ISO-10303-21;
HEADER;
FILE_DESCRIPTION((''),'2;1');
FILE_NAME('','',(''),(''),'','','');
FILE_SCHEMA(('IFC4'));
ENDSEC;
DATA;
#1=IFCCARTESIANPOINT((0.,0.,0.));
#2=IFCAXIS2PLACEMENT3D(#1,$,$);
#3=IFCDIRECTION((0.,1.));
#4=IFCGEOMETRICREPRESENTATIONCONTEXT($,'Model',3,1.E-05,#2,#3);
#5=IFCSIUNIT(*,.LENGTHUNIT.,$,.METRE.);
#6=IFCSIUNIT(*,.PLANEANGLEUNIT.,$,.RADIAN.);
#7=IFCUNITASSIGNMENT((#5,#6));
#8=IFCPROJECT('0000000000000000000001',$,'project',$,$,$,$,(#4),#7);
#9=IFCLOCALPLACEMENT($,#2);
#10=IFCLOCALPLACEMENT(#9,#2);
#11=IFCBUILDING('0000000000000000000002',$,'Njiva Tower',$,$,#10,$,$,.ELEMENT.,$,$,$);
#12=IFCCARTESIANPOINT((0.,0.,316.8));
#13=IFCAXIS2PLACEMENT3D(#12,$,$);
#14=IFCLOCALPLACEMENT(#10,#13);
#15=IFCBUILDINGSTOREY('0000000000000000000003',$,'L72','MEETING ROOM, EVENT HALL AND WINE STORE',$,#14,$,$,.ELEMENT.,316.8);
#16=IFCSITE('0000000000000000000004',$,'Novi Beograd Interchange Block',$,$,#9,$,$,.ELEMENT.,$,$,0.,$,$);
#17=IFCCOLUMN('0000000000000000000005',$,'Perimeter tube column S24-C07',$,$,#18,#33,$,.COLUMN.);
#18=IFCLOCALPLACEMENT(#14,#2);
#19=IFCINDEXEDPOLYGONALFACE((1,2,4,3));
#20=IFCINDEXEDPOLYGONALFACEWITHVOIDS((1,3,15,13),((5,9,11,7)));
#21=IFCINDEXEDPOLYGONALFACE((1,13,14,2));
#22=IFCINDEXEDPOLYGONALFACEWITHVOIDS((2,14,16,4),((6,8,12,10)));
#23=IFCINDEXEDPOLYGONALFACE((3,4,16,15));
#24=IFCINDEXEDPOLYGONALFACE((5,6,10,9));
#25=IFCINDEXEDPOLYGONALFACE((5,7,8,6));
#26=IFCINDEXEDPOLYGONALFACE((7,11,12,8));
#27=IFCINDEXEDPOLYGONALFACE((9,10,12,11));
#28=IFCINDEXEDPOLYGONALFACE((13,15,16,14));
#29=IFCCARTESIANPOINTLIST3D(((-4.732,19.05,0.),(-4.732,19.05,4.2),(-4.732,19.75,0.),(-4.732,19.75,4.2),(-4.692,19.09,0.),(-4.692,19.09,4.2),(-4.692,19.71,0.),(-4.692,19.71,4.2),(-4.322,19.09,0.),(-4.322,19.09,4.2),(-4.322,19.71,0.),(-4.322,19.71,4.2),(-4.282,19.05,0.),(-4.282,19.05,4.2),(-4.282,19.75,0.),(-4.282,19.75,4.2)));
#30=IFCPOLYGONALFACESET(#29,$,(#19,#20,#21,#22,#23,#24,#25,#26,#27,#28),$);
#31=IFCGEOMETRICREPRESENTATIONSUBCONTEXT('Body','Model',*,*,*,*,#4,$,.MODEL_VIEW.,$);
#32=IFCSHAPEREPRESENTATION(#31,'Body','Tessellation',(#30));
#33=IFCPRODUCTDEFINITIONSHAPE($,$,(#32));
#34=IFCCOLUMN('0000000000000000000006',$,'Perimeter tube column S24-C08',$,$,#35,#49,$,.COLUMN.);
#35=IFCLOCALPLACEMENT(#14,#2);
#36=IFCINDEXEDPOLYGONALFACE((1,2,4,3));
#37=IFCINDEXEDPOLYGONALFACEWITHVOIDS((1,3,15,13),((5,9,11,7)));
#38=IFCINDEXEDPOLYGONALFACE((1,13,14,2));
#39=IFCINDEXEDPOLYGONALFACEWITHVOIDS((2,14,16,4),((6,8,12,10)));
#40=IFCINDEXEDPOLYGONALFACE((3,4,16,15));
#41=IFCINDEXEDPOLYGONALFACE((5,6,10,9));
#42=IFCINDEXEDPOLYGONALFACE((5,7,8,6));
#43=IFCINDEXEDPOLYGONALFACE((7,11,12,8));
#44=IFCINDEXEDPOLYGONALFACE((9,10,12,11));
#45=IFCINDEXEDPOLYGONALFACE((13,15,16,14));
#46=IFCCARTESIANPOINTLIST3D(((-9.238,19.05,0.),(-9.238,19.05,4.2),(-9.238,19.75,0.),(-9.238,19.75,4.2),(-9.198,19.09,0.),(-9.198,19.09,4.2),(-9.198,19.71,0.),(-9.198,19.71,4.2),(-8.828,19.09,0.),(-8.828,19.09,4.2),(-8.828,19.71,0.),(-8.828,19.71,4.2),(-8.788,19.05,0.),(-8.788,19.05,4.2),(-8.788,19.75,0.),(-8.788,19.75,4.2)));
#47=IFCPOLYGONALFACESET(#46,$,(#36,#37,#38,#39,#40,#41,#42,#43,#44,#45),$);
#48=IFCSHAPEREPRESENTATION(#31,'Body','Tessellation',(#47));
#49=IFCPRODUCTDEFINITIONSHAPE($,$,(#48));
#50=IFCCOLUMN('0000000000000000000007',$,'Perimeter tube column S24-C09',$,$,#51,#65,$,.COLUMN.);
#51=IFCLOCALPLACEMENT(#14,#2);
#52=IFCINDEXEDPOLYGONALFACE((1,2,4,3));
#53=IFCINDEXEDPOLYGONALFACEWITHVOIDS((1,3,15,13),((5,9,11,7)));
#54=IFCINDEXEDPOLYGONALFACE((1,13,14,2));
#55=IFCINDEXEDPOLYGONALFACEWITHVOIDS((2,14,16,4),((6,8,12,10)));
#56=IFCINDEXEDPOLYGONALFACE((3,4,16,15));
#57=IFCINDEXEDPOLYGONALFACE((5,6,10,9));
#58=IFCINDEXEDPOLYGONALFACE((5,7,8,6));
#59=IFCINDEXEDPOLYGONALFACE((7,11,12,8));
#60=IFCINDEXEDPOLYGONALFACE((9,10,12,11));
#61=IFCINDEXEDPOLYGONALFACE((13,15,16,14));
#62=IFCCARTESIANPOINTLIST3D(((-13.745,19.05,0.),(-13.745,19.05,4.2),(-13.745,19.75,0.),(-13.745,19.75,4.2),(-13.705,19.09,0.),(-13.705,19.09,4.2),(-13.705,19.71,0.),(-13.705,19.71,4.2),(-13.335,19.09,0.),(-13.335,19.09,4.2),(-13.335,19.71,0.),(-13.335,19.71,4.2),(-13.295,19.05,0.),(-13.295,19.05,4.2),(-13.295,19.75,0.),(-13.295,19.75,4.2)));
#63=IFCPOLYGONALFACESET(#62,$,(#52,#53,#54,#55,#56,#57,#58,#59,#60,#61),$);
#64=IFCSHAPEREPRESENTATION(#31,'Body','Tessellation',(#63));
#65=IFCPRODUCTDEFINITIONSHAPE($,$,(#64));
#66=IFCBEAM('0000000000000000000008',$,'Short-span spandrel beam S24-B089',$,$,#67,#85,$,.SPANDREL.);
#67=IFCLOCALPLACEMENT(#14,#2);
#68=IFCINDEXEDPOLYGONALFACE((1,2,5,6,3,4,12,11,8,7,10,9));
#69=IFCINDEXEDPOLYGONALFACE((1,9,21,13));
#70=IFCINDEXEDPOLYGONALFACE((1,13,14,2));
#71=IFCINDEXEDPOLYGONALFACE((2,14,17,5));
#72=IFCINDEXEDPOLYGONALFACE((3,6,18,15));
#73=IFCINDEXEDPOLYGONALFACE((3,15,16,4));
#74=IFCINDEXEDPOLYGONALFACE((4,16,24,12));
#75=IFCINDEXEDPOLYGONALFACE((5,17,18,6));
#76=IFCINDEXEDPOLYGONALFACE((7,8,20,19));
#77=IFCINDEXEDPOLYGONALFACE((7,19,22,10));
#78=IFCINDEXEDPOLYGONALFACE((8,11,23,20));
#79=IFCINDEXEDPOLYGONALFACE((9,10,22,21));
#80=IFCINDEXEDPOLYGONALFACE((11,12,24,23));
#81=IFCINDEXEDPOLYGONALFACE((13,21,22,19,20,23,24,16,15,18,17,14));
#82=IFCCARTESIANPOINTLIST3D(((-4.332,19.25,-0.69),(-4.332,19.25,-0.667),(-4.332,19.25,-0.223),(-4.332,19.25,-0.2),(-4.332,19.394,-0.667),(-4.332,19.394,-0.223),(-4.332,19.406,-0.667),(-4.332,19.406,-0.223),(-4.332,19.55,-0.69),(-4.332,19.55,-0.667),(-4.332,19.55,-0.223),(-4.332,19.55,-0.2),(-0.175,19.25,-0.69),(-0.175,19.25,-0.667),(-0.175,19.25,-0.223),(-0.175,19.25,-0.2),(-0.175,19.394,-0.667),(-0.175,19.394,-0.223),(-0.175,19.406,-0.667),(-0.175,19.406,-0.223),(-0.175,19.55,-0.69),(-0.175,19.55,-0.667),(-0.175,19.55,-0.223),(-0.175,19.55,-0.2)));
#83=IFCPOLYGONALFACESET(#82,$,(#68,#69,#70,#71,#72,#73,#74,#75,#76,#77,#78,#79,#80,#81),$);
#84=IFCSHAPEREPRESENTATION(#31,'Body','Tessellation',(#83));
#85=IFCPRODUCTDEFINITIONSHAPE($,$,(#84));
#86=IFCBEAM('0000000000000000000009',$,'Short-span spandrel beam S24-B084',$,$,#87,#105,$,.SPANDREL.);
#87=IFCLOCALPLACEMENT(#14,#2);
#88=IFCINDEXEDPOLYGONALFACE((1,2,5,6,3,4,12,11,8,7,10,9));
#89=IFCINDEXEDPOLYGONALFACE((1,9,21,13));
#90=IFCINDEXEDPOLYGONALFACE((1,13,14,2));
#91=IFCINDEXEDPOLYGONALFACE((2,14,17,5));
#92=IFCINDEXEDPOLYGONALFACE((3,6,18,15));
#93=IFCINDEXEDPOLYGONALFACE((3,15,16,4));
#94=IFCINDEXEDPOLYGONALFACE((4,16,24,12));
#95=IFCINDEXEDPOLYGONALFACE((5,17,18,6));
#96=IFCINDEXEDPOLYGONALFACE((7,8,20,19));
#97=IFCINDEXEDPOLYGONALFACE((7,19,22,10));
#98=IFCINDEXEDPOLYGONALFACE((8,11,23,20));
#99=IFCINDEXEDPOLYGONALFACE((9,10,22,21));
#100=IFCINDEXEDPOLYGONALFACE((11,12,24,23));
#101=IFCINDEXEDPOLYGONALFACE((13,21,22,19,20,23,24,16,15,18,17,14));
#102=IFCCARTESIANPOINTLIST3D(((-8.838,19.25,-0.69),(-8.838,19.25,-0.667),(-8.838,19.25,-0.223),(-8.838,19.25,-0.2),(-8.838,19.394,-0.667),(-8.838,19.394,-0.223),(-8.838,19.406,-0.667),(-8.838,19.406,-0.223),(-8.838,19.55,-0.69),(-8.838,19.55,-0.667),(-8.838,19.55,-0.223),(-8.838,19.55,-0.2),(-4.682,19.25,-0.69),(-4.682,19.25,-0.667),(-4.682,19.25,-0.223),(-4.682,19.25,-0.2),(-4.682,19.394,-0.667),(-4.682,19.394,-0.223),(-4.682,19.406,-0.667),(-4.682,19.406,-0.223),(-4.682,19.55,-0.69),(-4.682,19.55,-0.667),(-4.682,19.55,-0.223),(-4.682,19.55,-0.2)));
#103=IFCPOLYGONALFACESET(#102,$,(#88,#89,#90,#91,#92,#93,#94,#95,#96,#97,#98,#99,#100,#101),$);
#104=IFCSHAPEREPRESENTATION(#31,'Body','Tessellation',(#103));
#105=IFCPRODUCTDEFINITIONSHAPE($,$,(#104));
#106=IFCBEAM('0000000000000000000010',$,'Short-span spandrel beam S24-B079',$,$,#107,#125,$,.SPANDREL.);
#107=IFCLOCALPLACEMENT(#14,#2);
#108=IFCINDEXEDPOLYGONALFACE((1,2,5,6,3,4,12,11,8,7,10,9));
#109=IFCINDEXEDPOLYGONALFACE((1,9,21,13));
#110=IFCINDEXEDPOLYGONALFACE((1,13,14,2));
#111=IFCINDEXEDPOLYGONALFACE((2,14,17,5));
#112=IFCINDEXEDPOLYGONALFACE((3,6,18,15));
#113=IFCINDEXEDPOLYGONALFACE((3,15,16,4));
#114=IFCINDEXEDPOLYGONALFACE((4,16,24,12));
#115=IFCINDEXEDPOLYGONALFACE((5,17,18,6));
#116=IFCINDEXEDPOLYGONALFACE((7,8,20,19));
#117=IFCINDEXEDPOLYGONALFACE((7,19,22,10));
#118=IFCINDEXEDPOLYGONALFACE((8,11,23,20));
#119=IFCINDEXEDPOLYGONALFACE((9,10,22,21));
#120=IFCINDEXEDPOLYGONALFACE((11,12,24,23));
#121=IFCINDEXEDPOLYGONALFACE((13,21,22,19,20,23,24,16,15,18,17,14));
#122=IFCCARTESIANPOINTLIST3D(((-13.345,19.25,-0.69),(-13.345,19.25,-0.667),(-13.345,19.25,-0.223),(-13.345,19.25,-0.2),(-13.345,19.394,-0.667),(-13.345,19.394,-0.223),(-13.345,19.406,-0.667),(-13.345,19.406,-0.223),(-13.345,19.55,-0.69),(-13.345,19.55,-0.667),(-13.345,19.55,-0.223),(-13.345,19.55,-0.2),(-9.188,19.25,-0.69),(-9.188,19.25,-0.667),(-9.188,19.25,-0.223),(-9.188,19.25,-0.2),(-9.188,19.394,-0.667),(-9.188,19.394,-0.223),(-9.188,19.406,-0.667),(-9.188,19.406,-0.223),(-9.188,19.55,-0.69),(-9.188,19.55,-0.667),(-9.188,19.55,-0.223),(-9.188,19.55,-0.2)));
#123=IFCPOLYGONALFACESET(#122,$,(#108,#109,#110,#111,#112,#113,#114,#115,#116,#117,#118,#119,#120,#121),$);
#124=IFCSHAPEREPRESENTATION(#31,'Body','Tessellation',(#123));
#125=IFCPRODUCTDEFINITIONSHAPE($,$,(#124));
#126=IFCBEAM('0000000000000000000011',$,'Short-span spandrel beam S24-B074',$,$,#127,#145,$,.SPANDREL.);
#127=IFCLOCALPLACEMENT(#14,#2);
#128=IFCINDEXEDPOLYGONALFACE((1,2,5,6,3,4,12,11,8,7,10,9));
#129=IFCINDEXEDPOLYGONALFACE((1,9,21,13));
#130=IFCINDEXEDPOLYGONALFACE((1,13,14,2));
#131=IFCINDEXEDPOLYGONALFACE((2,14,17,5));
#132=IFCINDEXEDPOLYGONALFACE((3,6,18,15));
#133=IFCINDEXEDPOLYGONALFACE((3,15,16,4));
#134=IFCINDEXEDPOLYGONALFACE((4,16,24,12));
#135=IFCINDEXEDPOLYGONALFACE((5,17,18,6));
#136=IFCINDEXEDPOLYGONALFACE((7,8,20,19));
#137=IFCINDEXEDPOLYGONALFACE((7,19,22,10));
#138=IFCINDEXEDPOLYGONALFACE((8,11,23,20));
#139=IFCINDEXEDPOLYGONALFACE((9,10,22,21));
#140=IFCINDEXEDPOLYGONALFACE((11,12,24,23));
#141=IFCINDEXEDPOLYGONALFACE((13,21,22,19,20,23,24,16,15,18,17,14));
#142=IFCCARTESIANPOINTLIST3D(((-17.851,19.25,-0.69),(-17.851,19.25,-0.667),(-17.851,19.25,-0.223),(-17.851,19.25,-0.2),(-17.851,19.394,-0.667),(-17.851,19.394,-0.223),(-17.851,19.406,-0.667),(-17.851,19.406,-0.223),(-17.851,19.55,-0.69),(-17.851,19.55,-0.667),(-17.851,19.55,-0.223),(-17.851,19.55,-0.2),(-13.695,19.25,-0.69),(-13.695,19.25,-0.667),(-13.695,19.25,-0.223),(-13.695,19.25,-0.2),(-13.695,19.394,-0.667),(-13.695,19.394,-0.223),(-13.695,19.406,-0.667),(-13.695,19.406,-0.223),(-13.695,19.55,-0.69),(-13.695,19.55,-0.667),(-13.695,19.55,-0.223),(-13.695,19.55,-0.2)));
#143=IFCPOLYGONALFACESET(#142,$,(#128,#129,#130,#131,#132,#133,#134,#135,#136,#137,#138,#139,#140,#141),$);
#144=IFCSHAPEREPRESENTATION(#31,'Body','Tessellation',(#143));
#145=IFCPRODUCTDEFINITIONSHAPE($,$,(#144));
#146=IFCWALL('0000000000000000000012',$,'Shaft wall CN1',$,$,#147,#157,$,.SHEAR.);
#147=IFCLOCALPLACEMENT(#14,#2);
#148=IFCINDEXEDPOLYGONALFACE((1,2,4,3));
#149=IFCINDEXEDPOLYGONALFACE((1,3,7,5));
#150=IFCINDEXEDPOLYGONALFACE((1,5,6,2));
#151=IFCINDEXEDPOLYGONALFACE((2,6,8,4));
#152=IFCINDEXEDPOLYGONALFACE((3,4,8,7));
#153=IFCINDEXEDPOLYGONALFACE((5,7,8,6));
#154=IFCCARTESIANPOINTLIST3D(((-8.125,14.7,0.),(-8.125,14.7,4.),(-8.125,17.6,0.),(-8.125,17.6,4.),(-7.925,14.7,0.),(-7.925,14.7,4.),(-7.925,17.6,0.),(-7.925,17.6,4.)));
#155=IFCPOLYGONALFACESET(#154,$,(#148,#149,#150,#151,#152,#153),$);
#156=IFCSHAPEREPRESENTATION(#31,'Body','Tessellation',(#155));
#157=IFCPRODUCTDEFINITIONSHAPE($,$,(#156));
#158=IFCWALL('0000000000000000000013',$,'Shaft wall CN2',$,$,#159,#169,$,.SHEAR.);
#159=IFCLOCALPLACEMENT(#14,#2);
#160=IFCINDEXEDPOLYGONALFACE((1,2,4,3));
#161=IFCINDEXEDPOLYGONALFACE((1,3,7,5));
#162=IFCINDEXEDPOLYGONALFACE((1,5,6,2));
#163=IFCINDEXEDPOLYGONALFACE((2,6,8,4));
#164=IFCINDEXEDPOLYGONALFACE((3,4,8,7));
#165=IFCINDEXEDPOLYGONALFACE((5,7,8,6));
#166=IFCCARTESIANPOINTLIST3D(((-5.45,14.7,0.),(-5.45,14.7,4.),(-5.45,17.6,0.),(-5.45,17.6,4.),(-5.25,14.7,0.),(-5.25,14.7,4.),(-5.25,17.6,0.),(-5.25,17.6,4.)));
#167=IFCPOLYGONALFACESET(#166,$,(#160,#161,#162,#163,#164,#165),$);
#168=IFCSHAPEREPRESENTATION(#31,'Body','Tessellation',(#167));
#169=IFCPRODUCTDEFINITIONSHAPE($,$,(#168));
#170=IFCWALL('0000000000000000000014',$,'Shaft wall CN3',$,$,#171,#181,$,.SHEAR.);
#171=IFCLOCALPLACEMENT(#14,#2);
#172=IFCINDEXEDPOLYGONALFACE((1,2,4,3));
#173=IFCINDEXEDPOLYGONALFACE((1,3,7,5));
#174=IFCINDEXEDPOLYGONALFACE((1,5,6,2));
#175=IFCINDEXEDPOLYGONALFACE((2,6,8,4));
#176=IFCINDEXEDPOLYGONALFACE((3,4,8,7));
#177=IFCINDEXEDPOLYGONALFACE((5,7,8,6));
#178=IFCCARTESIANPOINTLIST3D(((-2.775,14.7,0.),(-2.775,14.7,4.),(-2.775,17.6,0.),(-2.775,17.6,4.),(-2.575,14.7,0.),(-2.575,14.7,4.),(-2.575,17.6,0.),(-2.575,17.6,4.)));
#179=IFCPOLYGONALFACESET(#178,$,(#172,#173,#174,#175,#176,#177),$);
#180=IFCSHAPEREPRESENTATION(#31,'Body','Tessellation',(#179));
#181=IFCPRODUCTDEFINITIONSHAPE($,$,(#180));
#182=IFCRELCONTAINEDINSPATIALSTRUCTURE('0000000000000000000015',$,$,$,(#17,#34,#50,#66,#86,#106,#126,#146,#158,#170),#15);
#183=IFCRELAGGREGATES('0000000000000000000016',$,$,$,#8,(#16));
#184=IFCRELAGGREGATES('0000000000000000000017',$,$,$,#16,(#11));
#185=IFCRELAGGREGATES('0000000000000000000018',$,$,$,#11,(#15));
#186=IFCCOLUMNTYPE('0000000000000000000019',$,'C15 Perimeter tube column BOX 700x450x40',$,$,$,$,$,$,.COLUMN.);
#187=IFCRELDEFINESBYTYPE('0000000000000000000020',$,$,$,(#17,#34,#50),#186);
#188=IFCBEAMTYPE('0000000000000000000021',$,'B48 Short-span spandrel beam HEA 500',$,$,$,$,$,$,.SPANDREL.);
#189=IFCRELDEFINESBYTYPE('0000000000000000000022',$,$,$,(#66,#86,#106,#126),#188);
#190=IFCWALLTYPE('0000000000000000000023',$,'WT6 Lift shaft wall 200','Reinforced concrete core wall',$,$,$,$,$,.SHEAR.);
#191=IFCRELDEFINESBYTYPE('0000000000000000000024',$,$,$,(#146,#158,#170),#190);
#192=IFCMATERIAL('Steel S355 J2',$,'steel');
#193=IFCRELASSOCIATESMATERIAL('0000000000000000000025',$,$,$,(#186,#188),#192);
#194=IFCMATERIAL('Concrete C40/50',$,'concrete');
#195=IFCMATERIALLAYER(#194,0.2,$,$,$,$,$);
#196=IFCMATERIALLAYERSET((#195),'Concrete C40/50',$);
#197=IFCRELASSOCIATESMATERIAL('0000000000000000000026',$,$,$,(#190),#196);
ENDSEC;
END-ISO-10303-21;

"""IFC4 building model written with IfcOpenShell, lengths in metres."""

from ifc_helpers import new_model, si_unit, direction, frame, frame_2d, origin, origin_2d, place, context, subcontext, project, spatial, rectangle, hollow_rectangle, i_section, extrude, material, layer, layer_set, material_profile, profile_set, type_object, element, save


model = new_model("IFC4")

# Units and contexts
model_context = context("Model", 3, precision=1e-05, world=origin(), true_north=direction((0.0, 1.0)))
body_context = subcontext(model_context, "Body", "Model", "MODEL_VIEW")
ifc_project = project(units=[si_unit("LENGTHUNIT", "METRE"), si_unit("PLANEANGLEUNIT", "RADIAN")], contexts=[model_context])

# Site, building, storey
site_placement = place(None, origin())
site = spatial("IfcSite", under=ifc_project, at=site_placement, Name="Novi Beograd Interchange Block", CompositionType="ELEMENT", RefElevation=0.0)
building_placement = place(site_placement, origin())
building = spatial("IfcBuilding", under=site, at=building_placement, Name="Njiva Tower", CompositionType="ELEMENT")
storey_placement = place(building_placement, frame((0.0, 0.0, 316.8)))
storey = spatial("IfcBuildingStorey", under=building, at=storey_placement, Name="L72", Description="MEETING ROOM, EVENT HALL AND WINE STORE", CompositionType="ELEMENT", Elevation=316.8)

# Columns
ifc_material_1 = material(Name="Steel S355 J2", Category="steel")
ifc_material_profile_1 = material_profile(ifc_material_1, hollow_rectangle(XDim=0.45, YDim=0.7, WallThickness=0.04, at=origin_2d()), Name="BOX 700x450x40")
ifc_profile_set_1 = profile_set([ifc_material_profile_1], Name="Steel S355 J2")
column_type = type_object("IfcColumnType", Name="C15 Perimeter tube column BOX 700x450x40", PredefinedType="COLUMN", material=ifc_profile_set_1)
for number, where, z_axis, x_axis, name in (
    (1, (-4.507, 19.4, 0.0), (0.0, 0.0, 1.0), (-1.0, 0.0, 0.0), "Perimeter tube column S24-C07"),
    (2, (-9.013, 19.4, 0.0), (0.0, 0.0, 1.0), (-1.0, 0.0, 0.0), "Perimeter tube column S24-C08"),
    (3, (-13.52, 19.4, 0.0), (0.0, 0.0, 1.0), (-1.0, 0.0, 0.0), "Perimeter tube column S24-C09"),
):
    element("IfcColumn", number, at=place(storey_placement, frame(where, z_axis=z_axis, x_axis=x_axis)), inside=storey, type_object=column_type, Name=name, PredefinedType="COLUMN", context=body_context, shape_type="SweptSolid", body=[
        extrude(hollow_rectangle(XDim=0.45, YDim=0.7, WallThickness=0.04, at=origin_2d()), origin(), (0.0, 0.0, 1.0), 4.2),
    ])

# Beams
ifc_material_profile_2 = material_profile(ifc_material_1, i_section(OverallWidth=0.3, OverallDepth=0.49, WebThickness=0.012, FlangeThickness=0.023, at=origin_2d()), Name="HEA 500")
ifc_profile_set_2 = profile_set([ifc_material_profile_2], Name="Steel S355 J2")
beam_type = type_object("IfcBeamType", Name="B48 Short-span spandrel beam HEA 500", PredefinedType="SPANDREL", material=ifc_profile_set_2)
beam_1_placement = place(storey_placement, frame((-0.175, 19.4, -0.445), z_axis=(-1.0, 0.0, 0.0), x_axis=(0.0, -1.0, 0.0)))
element("IfcBeam", 4, at=beam_1_placement, inside=storey, type_object=beam_type, Name="Short-span spandrel beam S24-B089", PredefinedType="SPANDREL", context=body_context, shape_type="SweptSolid", body=[
    extrude(i_section(OverallWidth=0.3, OverallDepth=0.49, WebThickness=0.012, FlangeThickness=0.023, at=origin_2d()), origin(), (0.0, 0.0, 1.0), 4.157),
])
beam_2_placement = place(storey_placement, frame((-4.682, 19.4, -0.445), z_axis=(-1.0, 0.0, 0.0), x_axis=(0.0, -1.0, 0.0)))
element("IfcBeam", 5, at=beam_2_placement, inside=storey, type_object=beam_type, Name="Short-span spandrel beam S24-B084", PredefinedType="SPANDREL", context=body_context, shape_type="SweptSolid", body=[
    extrude(i_section(OverallWidth=0.3, OverallDepth=0.49, WebThickness=0.012, FlangeThickness=0.023, at=origin_2d()), origin(), (0.0, 0.0, 1.0), 4.156),
])
beam_3_placement = place(storey_placement, frame((-9.188, 19.4, -0.445), z_axis=(-1.0, 0.0, 0.0), x_axis=(0.0, -1.0, 0.0)))
element("IfcBeam", 6, at=beam_3_placement, inside=storey, type_object=beam_type, Name="Short-span spandrel beam S24-B079", PredefinedType="SPANDREL", context=body_context, shape_type="SweptSolid", body=[
    extrude(i_section(OverallWidth=0.3, OverallDepth=0.49, WebThickness=0.012, FlangeThickness=0.023, at=origin_2d()), origin(), (0.0, 0.0, 1.0), 4.157),
])
beam_4_placement = place(storey_placement, frame((-13.695, 19.4, -0.445), z_axis=(-1.0, 0.0, 0.0), x_axis=(0.0, -1.0, 0.0)))
element("IfcBeam", 7, at=beam_4_placement, inside=storey, type_object=beam_type, Name="Short-span spandrel beam S24-B074", PredefinedType="SPANDREL", context=body_context, shape_type="SweptSolid", body=[
    extrude(i_section(OverallWidth=0.3, OverallDepth=0.49, WebThickness=0.012, FlangeThickness=0.023, at=origin_2d()), origin(), (0.0, 0.0, 1.0), 4.156),
])

# Walls
ifc_material_2 = material(Name="Concrete C40/50", Category="concrete")
ifc_layer_1 = layer(ifc_material_2, 0.2)
ifc_layer_set_1 = layer_set([ifc_layer_1], Name="Concrete C40/50")
wall_type_1 = type_object("IfcWallType", Name="WT6 Lift shaft wall 200", Description="Reinforced concrete core wall", PredefinedType="SHEAR", material=ifc_layer_set_1)
for number, where, z_axis, x_axis, name in (
    (8, (-8.025, 14.7, 0.0), (0.0, 0.0, 1.0), (0.0, 1.0, 0.0), "Shaft wall CN1"),
    (9, (-5.35, 14.7, 0.0), (0.0, 0.0, 1.0), (0.0, 1.0, 0.0), "Shaft wall CN2"),
    (10, (-2.675, 14.7, 0.0), (0.0, 0.0, 1.0), (0.0, 1.0, 0.0), "Shaft wall CN3"),
):
    element("IfcWall", number, at=place(storey_placement, frame(where, z_axis=z_axis, x_axis=x_axis)), inside=storey, type_object=wall_type_1, Name=name, PredefinedType="SHEAR", context=body_context, shape_type="SweptSolid", body=[
        extrude(rectangle(XDim=2.9, YDim=0.2, at=frame_2d((1.45, 0.0))), origin(), (0.0, 0.0, 1.0), 4.0),
    ])

save(model, "model.ifc")
